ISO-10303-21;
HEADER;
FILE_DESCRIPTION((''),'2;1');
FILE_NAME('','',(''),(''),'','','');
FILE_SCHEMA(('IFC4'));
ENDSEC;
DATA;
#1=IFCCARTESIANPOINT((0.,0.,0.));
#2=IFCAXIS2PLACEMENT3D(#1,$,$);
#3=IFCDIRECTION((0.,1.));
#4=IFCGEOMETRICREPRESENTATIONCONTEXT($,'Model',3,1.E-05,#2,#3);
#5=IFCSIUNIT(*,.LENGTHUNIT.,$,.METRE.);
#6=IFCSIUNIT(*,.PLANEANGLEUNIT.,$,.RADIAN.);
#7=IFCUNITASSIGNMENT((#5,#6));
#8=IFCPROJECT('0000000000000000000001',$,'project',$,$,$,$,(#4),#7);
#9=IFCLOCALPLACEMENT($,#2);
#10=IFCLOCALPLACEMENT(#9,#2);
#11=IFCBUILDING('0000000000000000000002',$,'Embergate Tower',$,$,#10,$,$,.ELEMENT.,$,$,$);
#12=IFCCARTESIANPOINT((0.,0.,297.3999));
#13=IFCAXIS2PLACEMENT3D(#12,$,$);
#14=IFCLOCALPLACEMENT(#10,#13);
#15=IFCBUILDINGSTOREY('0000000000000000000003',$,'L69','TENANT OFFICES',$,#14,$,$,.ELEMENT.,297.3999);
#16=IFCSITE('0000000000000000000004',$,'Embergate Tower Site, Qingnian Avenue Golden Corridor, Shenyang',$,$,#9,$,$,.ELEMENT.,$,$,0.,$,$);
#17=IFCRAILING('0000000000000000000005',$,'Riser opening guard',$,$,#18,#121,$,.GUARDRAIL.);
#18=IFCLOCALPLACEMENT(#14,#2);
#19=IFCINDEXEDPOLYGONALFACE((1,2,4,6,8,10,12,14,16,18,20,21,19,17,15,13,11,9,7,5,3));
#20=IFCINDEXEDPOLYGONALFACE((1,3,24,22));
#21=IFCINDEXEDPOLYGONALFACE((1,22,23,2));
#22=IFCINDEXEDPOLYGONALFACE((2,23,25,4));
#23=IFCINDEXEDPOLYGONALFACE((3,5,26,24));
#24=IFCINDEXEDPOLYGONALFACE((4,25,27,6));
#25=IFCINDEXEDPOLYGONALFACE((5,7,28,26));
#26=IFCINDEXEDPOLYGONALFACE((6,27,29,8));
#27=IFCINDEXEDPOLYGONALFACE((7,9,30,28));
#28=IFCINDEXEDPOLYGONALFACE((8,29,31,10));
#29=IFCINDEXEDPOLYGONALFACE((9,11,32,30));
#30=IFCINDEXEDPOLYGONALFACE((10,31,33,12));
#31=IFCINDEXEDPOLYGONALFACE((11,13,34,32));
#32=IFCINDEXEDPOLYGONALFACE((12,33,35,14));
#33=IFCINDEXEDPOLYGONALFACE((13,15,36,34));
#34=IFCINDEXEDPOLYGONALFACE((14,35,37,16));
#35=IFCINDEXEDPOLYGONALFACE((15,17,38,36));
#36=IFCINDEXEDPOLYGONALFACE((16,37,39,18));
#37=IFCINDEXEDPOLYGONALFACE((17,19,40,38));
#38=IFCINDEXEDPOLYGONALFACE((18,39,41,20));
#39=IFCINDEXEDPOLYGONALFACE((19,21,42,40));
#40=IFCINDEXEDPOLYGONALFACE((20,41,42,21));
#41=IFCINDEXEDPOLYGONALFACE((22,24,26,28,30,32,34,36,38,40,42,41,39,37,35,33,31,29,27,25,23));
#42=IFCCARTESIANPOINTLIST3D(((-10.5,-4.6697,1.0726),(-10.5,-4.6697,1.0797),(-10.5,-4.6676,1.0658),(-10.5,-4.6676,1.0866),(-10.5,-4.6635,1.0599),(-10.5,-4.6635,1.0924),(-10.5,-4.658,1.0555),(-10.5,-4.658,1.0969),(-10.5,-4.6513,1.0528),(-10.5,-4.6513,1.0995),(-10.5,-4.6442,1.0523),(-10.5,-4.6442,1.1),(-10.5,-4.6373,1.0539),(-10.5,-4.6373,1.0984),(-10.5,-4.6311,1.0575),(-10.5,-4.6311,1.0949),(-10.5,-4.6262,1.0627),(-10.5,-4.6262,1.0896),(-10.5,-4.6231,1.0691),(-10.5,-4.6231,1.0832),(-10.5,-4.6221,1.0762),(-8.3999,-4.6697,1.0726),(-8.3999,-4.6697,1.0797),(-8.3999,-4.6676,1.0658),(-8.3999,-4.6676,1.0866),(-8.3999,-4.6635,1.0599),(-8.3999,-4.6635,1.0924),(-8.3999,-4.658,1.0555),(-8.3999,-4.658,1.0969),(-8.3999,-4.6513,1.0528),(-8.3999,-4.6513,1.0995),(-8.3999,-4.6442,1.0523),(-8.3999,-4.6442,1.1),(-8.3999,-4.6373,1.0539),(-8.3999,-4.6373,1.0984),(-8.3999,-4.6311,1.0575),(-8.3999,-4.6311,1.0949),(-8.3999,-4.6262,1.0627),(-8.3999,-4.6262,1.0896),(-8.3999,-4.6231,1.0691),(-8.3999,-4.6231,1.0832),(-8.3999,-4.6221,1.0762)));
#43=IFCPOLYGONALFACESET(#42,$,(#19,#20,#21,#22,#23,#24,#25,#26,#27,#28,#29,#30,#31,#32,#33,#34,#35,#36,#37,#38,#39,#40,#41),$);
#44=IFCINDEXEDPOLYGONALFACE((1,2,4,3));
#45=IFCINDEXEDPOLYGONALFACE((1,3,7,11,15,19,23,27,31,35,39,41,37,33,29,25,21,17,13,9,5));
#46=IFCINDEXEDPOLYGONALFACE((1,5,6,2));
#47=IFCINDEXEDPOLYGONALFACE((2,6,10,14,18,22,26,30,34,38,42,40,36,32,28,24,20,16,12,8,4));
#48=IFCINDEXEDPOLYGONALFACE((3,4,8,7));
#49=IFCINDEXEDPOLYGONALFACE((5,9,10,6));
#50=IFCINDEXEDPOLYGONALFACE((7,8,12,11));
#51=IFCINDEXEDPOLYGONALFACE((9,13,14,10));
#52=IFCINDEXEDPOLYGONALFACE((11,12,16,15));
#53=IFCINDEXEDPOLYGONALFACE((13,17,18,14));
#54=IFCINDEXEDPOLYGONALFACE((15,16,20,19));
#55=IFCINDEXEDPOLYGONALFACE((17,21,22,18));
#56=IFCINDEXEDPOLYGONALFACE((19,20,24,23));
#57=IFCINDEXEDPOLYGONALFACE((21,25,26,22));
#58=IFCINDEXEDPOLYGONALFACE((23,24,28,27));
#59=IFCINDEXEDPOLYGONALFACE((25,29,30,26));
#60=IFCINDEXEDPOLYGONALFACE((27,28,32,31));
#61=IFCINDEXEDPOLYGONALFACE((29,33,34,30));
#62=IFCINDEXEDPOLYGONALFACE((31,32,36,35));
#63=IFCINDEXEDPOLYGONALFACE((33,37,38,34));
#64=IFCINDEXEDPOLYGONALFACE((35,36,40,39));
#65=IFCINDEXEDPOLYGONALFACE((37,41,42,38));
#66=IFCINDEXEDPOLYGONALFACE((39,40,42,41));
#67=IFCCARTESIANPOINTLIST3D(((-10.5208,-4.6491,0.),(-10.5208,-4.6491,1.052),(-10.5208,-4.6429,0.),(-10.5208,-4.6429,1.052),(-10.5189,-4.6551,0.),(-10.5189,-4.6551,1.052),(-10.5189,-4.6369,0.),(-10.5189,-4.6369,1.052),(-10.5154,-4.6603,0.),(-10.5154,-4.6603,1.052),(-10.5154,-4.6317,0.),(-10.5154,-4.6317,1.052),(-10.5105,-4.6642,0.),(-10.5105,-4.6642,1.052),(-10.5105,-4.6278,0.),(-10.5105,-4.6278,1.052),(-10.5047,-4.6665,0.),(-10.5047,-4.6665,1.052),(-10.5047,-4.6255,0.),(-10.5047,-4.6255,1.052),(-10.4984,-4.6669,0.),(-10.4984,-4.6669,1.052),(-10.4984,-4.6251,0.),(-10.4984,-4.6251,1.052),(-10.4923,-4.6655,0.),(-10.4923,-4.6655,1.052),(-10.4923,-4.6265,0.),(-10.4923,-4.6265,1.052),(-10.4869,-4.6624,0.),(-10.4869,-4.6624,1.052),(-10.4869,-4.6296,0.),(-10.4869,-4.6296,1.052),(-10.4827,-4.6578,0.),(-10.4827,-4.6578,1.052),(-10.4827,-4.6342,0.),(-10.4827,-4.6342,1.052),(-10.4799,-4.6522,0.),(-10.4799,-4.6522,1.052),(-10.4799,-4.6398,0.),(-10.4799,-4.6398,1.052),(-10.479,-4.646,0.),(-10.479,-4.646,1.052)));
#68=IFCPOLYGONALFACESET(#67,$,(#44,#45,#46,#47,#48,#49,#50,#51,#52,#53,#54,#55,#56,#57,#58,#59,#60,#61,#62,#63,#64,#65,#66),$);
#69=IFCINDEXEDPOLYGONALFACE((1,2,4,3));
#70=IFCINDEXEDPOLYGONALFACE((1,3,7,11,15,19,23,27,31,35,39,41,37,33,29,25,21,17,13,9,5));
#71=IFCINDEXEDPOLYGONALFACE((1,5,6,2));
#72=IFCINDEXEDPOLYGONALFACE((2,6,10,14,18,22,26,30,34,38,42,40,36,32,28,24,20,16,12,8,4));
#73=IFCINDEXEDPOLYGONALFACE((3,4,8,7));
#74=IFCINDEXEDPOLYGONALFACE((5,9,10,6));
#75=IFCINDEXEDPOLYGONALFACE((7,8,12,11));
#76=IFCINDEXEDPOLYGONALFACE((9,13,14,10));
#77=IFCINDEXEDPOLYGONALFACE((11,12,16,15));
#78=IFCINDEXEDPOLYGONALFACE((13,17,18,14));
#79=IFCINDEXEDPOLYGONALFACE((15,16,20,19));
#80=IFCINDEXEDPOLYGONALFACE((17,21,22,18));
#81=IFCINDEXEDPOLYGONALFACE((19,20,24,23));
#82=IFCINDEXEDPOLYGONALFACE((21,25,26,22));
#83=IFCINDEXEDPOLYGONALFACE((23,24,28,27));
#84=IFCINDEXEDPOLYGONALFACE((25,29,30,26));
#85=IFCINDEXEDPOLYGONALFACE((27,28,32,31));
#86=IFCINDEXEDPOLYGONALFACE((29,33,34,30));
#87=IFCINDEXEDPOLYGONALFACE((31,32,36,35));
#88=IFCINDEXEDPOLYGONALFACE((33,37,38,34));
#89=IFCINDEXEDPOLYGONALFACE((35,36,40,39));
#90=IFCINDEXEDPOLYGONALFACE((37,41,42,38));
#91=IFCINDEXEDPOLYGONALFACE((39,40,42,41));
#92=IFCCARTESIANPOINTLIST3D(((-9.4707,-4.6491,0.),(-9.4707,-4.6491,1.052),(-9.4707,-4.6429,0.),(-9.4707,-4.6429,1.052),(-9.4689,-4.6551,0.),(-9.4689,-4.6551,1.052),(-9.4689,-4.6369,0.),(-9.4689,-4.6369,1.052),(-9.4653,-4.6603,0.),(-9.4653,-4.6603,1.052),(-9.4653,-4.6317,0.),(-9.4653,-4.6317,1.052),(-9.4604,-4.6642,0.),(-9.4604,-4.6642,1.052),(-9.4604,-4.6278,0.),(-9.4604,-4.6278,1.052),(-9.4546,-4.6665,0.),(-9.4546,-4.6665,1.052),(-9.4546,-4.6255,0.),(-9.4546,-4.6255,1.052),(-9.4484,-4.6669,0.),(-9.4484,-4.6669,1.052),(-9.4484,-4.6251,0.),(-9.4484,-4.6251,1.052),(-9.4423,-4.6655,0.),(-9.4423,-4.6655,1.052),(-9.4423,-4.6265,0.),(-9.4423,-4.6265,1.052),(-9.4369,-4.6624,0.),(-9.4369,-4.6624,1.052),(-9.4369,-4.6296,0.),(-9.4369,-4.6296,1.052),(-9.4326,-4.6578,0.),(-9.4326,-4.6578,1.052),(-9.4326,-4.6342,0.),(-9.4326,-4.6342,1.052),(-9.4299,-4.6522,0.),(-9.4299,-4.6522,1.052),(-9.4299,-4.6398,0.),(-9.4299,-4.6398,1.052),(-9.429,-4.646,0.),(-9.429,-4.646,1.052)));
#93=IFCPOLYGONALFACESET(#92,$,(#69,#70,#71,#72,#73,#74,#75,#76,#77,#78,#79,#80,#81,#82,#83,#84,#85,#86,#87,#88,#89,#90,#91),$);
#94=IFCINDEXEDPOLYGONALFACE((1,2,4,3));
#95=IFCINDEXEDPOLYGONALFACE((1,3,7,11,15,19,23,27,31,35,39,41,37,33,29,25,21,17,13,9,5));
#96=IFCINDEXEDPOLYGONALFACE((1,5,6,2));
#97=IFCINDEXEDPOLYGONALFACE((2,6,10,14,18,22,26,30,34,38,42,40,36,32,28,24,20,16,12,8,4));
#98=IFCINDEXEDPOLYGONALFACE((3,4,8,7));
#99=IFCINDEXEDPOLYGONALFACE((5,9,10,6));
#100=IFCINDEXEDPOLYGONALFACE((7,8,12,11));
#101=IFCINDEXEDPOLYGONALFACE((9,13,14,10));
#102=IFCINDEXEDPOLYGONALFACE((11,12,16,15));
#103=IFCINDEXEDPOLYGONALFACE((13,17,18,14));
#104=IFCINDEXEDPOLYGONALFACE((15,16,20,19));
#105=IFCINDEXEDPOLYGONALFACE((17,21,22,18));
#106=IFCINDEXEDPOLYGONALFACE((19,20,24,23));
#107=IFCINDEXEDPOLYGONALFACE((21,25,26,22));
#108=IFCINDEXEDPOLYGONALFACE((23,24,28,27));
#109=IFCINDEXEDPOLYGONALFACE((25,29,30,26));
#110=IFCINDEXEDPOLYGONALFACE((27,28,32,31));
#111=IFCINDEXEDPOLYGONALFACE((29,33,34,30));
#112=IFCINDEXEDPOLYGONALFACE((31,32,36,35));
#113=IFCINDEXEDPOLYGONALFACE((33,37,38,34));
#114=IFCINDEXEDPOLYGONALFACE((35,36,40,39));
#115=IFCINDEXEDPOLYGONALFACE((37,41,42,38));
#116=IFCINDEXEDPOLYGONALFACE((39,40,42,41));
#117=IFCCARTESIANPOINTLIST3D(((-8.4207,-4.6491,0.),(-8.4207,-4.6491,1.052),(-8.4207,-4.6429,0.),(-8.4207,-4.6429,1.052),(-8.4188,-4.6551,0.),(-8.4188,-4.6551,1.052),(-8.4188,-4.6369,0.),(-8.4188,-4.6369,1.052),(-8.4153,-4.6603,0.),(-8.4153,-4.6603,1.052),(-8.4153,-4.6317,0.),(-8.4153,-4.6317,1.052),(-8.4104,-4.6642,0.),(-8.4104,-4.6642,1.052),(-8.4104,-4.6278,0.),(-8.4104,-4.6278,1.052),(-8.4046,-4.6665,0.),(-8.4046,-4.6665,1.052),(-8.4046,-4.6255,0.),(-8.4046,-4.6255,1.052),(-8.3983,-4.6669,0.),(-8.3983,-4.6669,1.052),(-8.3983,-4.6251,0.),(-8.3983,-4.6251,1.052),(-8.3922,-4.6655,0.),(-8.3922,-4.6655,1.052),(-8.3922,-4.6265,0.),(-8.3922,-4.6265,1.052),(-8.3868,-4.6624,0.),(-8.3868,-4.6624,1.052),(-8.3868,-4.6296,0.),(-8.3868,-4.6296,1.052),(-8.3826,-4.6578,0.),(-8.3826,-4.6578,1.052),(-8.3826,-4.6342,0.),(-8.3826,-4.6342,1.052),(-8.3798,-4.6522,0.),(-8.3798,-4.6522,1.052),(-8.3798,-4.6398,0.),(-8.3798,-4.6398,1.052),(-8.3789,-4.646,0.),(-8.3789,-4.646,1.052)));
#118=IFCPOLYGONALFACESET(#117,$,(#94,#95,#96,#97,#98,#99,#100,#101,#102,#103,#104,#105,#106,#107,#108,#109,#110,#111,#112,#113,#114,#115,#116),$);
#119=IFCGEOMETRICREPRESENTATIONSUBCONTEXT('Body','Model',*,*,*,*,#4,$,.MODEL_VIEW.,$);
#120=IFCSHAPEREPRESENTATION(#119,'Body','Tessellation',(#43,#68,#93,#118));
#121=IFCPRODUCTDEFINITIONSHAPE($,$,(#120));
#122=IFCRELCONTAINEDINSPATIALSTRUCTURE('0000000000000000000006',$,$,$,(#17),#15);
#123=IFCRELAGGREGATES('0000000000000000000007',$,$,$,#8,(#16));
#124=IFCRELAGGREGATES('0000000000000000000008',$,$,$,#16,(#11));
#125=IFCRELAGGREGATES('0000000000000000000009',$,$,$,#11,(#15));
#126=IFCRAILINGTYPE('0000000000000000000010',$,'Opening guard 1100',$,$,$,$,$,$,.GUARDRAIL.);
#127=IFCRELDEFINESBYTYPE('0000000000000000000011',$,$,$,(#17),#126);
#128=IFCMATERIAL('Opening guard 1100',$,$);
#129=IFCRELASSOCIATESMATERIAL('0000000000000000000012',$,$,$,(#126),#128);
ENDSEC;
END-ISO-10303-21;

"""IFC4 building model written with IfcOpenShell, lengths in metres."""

from ifc_helpers import new_model, si_unit, direction, frame, origin, origin_2d, place, context, subcontext, project, spatial, circle, extrude, source, transform, mapped, material, type_object, element, save


model = new_model("IFC4")

# Units and contexts
model_context = context("Model", 3, precision=1e-05, world=origin(), true_north=direction((0.0, 1.0)))
body_context = subcontext(model_context, "Body", "Model", "MODEL_VIEW")
ifc_project = project(units=[si_unit("LENGTHUNIT", "METRE"), si_unit("PLANEANGLEUNIT", "RADIAN")], contexts=[model_context])

# Site, building, storey
site_placement = place(None, origin())
site = spatial("IfcSite", under=ifc_project, at=site_placement, Name="Embergate Tower Site, Qingnian Avenue Golden Corridor, Shenyang", CompositionType="ELEMENT", RefElevation=0.0)
building_placement = place(site_placement, origin())
building = spatial("IfcBuilding", under=site, at=building_placement, Name="Embergate Tower", CompositionType="ELEMENT")
storey_placement = place(building_placement, frame((0.0, 0.0, 297.3999)))
storey = spatial("IfcBuildingStorey", under=building, at=storey_placement, Name="L69", Description="TENANT OFFICES", CompositionType="ELEMENT", Elevation=297.3999)

# Railing
ifc_material_1 = material(Name="Opening guard 1100")
railing_type_1 = type_object("IfcRailingType", Name="Opening guard 1100", PredefinedType="GUARDRAIL", material=ifc_material_1)
shared_shape_1 = source(origin(), body_context, "Body", "SweptSolid", [
    extrude(circle(Radius=0.0239, at=origin_2d()), frame((0.0, 0.0, 1.0762), z_axis=(1.0, 0.0, 0.0), x_axis=(0.0, 1.0, 0.0)), (0.0, 0.0, 1.0), 2.1001),
    extrude(circle(Radius=0.021, at=origin_2d()), origin(), (0.0, 0.0, 1.0), 1.052),
    extrude(circle(Radius=0.021, at=origin_2d()), frame((1.05, 0.0, 0.0)), (0.0, 0.0, 1.0), 1.052),
    extrude(circle(Radius=0.021, at=origin_2d()), frame((2.1001, 0.0, 0.0)), (0.0, 0.0, 1.0), 1.052),
])
railing_1_placement = place(storey_placement, frame((-10.5, -4.646, 0.0)))
element("IfcRailing", 1, at=railing_1_placement, inside=storey, type_object=railing_type_1, Name="Riser opening guard", PredefinedType="GUARDRAIL", context=body_context, shape_type="MappedRepresentation", body=[
    mapped(shared_shape_1, transform((0.0, 0.0, 0.0))),
])

save(model, "model.ifc")
